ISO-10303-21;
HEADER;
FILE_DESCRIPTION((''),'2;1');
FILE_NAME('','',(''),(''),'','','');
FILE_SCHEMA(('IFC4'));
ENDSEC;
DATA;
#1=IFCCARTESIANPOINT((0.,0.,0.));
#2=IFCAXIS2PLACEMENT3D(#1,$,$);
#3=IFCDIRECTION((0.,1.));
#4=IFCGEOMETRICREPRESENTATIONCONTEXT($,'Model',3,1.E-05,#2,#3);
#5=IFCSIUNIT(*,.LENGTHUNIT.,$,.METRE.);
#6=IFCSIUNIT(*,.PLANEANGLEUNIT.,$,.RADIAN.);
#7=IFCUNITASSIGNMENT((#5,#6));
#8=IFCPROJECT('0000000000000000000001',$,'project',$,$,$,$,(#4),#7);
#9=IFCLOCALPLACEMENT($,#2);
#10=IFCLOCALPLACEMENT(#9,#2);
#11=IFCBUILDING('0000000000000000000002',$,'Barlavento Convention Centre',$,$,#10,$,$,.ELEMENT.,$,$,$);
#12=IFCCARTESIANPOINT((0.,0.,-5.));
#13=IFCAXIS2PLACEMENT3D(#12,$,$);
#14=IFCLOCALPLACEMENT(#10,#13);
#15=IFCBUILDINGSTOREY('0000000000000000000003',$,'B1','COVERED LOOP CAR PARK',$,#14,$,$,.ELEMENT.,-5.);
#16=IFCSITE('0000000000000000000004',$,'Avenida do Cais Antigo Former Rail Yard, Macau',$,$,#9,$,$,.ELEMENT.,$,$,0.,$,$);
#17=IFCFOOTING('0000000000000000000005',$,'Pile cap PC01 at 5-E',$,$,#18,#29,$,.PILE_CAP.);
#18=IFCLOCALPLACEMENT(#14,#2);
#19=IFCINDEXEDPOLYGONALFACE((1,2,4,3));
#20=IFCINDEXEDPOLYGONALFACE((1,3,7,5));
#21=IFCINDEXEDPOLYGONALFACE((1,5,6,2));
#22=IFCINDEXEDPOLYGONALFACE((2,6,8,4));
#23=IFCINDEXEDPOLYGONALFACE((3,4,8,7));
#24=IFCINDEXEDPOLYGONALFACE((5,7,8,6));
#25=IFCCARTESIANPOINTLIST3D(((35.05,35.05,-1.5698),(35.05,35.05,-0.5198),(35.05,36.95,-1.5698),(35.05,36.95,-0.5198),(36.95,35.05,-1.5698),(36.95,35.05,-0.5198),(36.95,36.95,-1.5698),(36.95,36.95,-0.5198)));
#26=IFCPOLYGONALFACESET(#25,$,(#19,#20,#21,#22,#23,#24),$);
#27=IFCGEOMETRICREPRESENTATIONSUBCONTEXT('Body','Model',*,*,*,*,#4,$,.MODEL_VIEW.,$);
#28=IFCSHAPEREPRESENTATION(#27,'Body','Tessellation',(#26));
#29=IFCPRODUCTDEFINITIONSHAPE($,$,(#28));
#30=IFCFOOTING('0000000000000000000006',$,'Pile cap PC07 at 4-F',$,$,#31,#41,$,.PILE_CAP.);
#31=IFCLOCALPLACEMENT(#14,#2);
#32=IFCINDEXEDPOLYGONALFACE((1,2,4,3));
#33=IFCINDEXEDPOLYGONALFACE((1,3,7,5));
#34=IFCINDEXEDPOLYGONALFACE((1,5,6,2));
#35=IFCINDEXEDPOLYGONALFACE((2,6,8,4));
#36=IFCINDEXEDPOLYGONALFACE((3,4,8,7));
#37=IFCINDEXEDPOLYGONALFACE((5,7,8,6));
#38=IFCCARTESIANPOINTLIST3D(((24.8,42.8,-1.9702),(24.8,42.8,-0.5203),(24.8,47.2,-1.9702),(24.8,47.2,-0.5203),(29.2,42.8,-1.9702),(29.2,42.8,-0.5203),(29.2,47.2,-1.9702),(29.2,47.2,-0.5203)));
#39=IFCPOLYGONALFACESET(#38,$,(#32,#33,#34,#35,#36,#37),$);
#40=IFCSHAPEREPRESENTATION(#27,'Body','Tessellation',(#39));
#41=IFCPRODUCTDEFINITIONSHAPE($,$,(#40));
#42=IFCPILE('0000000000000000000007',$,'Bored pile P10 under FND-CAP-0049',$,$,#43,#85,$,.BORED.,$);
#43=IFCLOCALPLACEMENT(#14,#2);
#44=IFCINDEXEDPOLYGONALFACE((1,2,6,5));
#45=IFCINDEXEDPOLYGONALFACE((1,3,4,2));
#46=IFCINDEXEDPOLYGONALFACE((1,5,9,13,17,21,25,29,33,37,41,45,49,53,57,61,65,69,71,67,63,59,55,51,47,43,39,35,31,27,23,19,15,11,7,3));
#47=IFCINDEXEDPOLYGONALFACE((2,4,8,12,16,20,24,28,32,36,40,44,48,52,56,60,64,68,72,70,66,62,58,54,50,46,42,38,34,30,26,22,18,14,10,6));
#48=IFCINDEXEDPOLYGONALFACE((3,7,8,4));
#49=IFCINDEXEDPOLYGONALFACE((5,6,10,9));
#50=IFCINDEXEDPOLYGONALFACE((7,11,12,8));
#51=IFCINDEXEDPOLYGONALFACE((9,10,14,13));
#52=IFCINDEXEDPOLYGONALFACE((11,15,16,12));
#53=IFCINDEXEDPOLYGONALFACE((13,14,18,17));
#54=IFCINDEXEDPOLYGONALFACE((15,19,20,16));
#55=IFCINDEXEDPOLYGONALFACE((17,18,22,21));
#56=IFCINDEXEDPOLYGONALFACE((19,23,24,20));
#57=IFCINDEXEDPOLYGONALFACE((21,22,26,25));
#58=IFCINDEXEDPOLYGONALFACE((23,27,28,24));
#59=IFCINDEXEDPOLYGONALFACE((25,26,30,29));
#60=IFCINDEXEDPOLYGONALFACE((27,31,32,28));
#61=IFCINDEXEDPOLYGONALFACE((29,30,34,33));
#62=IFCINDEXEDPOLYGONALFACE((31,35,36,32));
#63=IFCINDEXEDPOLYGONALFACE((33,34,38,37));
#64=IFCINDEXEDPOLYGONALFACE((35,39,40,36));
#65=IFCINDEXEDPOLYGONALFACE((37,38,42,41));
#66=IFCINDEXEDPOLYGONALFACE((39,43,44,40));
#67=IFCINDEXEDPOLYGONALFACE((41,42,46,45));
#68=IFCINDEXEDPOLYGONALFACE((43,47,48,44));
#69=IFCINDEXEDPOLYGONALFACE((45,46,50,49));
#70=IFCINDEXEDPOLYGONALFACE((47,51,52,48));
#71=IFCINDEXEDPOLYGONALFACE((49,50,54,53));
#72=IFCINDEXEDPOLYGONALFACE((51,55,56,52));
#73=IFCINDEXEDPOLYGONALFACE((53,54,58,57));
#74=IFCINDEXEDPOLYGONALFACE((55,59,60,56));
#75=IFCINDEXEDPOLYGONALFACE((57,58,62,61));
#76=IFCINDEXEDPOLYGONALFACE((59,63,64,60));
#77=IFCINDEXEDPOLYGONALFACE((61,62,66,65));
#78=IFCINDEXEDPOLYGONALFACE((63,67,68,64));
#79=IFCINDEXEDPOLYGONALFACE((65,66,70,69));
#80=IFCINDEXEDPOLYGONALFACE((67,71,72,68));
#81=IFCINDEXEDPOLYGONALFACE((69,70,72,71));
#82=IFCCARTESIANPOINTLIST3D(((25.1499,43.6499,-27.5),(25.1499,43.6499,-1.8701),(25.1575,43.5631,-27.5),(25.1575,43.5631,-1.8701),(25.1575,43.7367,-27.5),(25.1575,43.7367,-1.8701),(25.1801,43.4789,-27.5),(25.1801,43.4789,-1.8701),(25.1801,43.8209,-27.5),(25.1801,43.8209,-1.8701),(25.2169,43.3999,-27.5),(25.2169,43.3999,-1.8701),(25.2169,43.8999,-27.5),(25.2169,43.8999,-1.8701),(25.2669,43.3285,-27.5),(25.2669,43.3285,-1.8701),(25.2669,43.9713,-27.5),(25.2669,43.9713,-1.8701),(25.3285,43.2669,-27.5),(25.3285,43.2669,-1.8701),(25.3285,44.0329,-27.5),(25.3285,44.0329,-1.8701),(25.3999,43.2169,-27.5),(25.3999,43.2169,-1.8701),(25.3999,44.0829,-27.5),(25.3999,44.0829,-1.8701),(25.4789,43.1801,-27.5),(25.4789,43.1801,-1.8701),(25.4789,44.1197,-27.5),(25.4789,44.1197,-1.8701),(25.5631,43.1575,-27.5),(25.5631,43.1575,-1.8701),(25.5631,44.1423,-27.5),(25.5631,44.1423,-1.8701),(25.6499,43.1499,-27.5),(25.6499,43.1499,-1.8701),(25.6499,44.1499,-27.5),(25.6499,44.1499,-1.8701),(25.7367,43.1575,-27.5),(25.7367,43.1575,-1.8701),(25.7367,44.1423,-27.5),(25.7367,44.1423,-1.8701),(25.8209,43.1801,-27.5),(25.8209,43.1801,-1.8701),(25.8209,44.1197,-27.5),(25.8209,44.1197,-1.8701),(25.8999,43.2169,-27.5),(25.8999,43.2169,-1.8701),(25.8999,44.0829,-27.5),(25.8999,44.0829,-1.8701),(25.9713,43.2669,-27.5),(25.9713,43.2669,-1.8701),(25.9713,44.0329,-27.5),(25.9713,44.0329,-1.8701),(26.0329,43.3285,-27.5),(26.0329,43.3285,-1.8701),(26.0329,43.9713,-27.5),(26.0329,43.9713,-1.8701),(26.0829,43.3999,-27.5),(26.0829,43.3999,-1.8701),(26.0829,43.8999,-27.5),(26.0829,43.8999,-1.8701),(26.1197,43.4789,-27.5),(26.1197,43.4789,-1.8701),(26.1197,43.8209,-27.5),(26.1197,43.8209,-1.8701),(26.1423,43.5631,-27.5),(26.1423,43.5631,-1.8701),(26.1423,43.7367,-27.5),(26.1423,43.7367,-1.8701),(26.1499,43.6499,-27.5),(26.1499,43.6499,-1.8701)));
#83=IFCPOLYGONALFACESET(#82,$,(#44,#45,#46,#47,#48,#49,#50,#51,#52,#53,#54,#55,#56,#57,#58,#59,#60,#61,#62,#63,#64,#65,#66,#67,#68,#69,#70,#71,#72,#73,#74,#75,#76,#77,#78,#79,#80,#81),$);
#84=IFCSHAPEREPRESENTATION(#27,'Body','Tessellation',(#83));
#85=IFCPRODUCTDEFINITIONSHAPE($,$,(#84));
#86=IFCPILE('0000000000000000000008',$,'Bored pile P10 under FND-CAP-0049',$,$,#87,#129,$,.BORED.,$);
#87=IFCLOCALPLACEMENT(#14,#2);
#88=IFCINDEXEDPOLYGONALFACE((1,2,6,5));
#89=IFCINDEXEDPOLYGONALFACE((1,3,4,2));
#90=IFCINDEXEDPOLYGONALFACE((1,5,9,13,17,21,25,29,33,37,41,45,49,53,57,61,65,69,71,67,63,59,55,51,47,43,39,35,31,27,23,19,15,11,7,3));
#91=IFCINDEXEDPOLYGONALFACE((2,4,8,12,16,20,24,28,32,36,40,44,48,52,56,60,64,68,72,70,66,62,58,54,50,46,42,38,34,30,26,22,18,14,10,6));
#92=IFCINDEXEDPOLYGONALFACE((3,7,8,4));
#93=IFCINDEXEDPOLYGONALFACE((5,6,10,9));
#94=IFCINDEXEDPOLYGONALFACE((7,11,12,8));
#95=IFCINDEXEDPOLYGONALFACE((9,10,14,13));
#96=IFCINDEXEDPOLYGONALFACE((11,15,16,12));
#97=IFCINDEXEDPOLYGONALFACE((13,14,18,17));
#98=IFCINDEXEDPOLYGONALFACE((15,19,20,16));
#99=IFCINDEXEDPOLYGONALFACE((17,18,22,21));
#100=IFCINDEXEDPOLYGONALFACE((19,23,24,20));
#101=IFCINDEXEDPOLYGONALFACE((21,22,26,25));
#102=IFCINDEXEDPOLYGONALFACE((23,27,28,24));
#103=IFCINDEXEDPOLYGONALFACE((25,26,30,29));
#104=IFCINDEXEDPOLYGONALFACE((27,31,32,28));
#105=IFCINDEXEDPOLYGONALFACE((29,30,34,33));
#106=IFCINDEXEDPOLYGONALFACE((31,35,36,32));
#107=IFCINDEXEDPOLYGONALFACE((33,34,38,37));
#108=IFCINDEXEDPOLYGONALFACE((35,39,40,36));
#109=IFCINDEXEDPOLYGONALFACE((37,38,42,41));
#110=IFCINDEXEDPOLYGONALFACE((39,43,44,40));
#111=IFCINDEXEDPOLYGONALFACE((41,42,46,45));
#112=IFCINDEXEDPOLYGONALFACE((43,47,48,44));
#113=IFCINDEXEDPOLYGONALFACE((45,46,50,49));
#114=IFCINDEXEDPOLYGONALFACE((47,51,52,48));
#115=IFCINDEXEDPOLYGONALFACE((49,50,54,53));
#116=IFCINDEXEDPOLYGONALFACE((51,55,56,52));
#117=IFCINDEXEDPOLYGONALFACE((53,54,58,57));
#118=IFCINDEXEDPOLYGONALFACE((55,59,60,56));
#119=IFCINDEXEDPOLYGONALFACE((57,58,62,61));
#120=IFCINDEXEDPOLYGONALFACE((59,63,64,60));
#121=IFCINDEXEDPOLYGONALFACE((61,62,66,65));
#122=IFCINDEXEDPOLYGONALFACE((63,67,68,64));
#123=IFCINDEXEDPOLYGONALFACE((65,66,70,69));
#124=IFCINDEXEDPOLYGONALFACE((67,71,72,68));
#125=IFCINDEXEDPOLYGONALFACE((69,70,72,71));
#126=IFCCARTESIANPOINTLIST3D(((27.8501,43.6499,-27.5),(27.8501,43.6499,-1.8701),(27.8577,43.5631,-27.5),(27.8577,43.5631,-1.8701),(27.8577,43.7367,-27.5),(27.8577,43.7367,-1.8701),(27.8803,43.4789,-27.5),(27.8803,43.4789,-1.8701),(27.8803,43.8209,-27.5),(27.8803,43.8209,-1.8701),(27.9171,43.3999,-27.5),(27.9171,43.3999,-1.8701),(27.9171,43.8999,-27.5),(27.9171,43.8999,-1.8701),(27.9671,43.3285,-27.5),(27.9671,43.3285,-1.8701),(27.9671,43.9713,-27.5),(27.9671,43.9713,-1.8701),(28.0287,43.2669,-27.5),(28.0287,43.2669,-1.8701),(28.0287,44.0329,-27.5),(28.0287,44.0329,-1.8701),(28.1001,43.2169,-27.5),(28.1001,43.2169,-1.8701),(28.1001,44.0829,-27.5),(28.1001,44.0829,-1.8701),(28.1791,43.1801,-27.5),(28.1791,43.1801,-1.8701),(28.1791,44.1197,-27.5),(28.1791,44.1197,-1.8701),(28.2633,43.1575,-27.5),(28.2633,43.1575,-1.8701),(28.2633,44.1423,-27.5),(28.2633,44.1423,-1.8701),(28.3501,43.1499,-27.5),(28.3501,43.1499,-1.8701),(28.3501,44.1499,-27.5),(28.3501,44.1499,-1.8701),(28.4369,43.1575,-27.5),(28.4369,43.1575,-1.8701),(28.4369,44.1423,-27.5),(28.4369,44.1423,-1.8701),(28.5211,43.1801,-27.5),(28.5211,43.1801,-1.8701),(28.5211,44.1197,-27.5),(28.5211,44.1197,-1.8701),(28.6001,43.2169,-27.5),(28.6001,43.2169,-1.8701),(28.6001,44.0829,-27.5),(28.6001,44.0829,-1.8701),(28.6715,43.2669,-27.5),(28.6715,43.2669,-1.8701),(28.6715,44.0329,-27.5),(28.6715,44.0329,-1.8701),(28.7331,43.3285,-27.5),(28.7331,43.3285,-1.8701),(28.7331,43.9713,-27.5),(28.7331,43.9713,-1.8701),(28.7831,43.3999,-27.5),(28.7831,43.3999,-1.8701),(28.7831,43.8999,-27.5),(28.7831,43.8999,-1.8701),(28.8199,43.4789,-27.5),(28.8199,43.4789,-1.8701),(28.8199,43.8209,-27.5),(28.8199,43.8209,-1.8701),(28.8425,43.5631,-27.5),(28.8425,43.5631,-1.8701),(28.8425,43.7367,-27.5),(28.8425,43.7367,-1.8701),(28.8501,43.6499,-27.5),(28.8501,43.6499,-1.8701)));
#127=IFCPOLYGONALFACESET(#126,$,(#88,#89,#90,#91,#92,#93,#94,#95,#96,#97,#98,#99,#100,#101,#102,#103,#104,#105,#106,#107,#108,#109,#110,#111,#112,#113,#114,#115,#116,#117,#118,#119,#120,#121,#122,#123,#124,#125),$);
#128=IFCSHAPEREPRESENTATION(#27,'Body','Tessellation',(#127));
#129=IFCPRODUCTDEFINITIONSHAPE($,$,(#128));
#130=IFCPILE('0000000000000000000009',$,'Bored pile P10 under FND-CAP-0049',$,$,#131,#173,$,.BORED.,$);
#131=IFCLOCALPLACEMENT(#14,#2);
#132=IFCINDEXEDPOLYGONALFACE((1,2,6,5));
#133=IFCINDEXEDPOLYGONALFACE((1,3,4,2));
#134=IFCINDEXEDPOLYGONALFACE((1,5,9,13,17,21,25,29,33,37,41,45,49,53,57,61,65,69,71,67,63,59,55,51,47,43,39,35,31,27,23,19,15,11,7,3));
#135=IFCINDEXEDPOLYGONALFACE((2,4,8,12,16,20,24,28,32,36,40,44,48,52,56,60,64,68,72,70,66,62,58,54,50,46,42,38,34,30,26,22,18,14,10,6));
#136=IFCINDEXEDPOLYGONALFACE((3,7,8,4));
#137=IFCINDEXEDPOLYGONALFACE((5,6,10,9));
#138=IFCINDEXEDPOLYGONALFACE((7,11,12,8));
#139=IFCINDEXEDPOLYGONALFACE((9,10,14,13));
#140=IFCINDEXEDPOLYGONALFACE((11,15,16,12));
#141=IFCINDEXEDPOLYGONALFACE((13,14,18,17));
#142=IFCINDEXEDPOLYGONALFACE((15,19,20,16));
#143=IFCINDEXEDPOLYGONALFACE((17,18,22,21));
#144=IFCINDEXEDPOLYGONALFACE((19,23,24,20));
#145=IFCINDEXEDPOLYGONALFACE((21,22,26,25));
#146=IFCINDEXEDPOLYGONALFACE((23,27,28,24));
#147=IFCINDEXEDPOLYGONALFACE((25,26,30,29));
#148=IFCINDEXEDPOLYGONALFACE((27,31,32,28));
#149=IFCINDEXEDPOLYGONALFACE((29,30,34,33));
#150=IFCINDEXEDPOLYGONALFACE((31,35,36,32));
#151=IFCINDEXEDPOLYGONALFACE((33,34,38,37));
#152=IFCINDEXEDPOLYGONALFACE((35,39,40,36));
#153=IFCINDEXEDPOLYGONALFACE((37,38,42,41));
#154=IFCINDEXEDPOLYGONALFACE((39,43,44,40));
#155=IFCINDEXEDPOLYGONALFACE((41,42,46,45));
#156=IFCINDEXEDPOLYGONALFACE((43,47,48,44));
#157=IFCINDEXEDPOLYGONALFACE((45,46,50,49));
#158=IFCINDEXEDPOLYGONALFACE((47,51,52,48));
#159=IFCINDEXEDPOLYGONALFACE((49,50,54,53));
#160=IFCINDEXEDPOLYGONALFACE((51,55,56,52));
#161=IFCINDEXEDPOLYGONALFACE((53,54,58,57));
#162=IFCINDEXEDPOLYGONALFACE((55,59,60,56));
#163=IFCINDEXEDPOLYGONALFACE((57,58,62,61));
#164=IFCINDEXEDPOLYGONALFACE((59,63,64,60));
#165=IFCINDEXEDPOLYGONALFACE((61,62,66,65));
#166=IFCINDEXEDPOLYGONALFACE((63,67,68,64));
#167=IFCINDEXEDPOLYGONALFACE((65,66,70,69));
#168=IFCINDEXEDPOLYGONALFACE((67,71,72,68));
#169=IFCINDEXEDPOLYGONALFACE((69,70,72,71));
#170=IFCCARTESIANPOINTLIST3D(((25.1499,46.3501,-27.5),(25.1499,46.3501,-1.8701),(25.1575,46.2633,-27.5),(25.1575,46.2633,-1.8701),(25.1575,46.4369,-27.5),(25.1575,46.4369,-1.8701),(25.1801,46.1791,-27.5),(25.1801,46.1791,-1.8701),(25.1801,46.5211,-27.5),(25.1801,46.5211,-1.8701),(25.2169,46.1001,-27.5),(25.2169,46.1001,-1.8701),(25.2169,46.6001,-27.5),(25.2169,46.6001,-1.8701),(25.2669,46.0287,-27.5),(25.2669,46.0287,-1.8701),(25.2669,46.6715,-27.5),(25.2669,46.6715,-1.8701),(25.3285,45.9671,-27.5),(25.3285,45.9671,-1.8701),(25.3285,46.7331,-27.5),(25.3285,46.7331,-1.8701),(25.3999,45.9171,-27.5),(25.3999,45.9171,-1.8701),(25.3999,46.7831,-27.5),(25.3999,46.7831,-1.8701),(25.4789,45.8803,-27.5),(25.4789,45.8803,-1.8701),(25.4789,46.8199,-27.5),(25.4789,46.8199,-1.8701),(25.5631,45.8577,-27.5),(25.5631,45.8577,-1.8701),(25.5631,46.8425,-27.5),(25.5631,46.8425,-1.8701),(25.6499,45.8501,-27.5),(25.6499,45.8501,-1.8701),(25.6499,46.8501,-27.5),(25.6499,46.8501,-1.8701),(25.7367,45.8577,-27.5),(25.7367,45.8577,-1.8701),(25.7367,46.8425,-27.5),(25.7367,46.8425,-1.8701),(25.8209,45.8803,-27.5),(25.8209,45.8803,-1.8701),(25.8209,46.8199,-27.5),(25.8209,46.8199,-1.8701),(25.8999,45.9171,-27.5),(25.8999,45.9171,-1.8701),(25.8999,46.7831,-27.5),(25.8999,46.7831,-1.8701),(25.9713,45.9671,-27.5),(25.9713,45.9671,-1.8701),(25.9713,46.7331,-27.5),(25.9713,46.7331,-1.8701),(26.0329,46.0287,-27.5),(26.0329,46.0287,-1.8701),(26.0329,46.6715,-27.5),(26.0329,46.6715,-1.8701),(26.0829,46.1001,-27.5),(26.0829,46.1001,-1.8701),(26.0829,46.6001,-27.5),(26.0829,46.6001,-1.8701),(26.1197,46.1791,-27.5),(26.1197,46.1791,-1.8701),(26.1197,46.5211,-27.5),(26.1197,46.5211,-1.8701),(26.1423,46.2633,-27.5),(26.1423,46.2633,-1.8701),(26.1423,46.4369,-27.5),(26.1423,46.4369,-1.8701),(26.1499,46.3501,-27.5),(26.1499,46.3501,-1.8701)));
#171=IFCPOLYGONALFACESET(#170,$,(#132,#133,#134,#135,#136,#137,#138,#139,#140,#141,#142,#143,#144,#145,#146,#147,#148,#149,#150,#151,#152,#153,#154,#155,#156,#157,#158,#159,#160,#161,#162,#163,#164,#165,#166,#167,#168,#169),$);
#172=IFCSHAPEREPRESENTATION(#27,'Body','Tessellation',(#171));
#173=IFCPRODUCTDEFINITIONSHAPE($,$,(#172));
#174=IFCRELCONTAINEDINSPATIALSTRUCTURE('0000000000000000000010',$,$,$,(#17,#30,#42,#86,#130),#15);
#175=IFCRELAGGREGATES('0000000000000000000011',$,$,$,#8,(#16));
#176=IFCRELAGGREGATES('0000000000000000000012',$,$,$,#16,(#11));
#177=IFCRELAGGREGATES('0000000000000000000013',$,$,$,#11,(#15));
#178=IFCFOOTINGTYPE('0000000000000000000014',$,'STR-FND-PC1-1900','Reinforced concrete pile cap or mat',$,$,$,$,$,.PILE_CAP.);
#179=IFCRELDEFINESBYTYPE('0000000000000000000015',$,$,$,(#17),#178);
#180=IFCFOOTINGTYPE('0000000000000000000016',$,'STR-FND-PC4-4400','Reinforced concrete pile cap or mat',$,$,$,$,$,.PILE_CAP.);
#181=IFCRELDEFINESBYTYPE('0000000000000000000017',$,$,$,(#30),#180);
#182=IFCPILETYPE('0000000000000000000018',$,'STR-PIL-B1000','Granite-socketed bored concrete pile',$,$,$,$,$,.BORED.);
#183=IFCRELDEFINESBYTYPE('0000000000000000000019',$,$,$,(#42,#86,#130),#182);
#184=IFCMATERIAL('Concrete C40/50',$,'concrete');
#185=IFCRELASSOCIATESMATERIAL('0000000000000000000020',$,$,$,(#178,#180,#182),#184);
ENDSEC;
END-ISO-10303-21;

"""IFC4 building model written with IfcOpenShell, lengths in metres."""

from ifc_helpers import new_model, si_unit, direction, frame, origin, origin_2d, place, context, subcontext, project, spatial, rectangle, circle, extrude, material, material_profile, profile_set, type_object, element, save


model = new_model("IFC4")

# Units and contexts
model_context = context("Model", 3, precision=1e-05, world=origin(), true_north=direction((0.0, 1.0)))
body_context = subcontext(model_context, "Body", "Model", "MODEL_VIEW")
ifc_project = project(units=[si_unit("LENGTHUNIT", "METRE"), si_unit("PLANEANGLEUNIT", "RADIAN")], contexts=[model_context])

# Site, building, storey
site_placement = place(None, origin())
site = spatial("IfcSite", under=ifc_project, at=site_placement, Name="Avenida do Cais Antigo Former Rail Yard, Macau", CompositionType="ELEMENT", RefElevation=0.0)
building_placement = place(site_placement, origin())
building = spatial("IfcBuilding", under=site, at=building_placement, Name="Barlavento Convention Centre", CompositionType="ELEMENT")
storey_placement = place(building_placement, frame((0.0, 0.0, -5.0)))
storey = spatial("IfcBuildingStorey", under=building, at=storey_placement, Name="B1", Description="COVERED LOOP CAR PARK", CompositionType="ELEMENT", Elevation=-5.0)

# Footings
ifc_material_1 = material(Name="Concrete C40/50", Category="concrete")
footing_type_1 = type_object("IfcFootingType", Name="STR-FND-PC1-1900", Description="Reinforced concrete pile cap or mat", PredefinedType="PILE_CAP", material=ifc_material_1)
footing_1_placement = place(storey_placement, frame((36.0, 36.0, -1.5698), z_axis=(0.0, 0.0, 1.0), x_axis=(1.0, 0.0, 0.0)))
element("IfcFooting", 1, at=footing_1_placement, inside=storey, type_object=footing_type_1, Name="Pile cap PC01 at 5-E", PredefinedType="PILE_CAP", context=body_context, shape_type="SweptSolid", body=[
    extrude(rectangle(XDim=1.8999, YDim=1.8999, at=origin_2d()), origin(), (0.0, 0.0, 1.0), 1.05),
])
footing_type_2 = type_object("IfcFootingType", Name="STR-FND-PC4-4400", Description="Reinforced concrete pile cap or mat", PredefinedType="PILE_CAP", material=ifc_material_1)
footing_2_placement = place(storey_placement, frame((27.0, 45.0, -1.9702), z_axis=(0.0, 0.0, 1.0), x_axis=(1.0, 0.0, 0.0)))
element("IfcFooting", 2, at=footing_2_placement, inside=storey, type_object=footing_type_2, Name="Pile cap PC07 at 4-F", PredefinedType="PILE_CAP", context=body_context, shape_type="SweptSolid", body=[
    extrude(rectangle(XDim=4.3999, YDim=4.3999, at=origin_2d()), origin(), (0.0, 0.0, 1.0), 1.45),
])

# Piles
ifc_material_profile_1 = material_profile(ifc_material_1, circle(Radius=0.5, at=origin_2d()), Name="BORED PILE 1000")
ifc_profile_set_1 = profile_set([ifc_material_profile_1], Name="Concrete C40/50")
pile_type_1 = type_object("IfcPileType", Name="STR-PIL-B1000", Description="Granite-socketed bored concrete pile", PredefinedType="BORED", material=ifc_profile_set_1)
for number, where, z_axis, x_axis, name in (
    (3, (25.6499, 43.6499, -1.8701), (0.0, 0.0, -1.0), (1.0, 0.0, 0.0), "Bored pile P10 under FND-CAP-0049"),
    (4, (28.3501, 43.6499, -1.8701), (0.0, 0.0, -1.0), (1.0, 0.0, 0.0), "Bored pile P10 under FND-CAP-0049"),
    (5, (25.6499, 46.3501, -1.8701), (0.0, 0.0, -1.0), (1.0, 0.0, 0.0), "Bored pile P10 under FND-CAP-0049"),
):
    element("IfcPile", number, at=place(storey_placement, frame(where, z_axis=z_axis, x_axis=x_axis)), inside=storey, type_object=pile_type_1, Name=name, PredefinedType="BORED", context=body_context, shape_type="SweptSolid", body=[
        extrude(circle(Radius=0.5, at=origin_2d()), origin(), (0.0, 0.0, 1.0), 25.6299),
    ])

save(model, "model.ifc")
